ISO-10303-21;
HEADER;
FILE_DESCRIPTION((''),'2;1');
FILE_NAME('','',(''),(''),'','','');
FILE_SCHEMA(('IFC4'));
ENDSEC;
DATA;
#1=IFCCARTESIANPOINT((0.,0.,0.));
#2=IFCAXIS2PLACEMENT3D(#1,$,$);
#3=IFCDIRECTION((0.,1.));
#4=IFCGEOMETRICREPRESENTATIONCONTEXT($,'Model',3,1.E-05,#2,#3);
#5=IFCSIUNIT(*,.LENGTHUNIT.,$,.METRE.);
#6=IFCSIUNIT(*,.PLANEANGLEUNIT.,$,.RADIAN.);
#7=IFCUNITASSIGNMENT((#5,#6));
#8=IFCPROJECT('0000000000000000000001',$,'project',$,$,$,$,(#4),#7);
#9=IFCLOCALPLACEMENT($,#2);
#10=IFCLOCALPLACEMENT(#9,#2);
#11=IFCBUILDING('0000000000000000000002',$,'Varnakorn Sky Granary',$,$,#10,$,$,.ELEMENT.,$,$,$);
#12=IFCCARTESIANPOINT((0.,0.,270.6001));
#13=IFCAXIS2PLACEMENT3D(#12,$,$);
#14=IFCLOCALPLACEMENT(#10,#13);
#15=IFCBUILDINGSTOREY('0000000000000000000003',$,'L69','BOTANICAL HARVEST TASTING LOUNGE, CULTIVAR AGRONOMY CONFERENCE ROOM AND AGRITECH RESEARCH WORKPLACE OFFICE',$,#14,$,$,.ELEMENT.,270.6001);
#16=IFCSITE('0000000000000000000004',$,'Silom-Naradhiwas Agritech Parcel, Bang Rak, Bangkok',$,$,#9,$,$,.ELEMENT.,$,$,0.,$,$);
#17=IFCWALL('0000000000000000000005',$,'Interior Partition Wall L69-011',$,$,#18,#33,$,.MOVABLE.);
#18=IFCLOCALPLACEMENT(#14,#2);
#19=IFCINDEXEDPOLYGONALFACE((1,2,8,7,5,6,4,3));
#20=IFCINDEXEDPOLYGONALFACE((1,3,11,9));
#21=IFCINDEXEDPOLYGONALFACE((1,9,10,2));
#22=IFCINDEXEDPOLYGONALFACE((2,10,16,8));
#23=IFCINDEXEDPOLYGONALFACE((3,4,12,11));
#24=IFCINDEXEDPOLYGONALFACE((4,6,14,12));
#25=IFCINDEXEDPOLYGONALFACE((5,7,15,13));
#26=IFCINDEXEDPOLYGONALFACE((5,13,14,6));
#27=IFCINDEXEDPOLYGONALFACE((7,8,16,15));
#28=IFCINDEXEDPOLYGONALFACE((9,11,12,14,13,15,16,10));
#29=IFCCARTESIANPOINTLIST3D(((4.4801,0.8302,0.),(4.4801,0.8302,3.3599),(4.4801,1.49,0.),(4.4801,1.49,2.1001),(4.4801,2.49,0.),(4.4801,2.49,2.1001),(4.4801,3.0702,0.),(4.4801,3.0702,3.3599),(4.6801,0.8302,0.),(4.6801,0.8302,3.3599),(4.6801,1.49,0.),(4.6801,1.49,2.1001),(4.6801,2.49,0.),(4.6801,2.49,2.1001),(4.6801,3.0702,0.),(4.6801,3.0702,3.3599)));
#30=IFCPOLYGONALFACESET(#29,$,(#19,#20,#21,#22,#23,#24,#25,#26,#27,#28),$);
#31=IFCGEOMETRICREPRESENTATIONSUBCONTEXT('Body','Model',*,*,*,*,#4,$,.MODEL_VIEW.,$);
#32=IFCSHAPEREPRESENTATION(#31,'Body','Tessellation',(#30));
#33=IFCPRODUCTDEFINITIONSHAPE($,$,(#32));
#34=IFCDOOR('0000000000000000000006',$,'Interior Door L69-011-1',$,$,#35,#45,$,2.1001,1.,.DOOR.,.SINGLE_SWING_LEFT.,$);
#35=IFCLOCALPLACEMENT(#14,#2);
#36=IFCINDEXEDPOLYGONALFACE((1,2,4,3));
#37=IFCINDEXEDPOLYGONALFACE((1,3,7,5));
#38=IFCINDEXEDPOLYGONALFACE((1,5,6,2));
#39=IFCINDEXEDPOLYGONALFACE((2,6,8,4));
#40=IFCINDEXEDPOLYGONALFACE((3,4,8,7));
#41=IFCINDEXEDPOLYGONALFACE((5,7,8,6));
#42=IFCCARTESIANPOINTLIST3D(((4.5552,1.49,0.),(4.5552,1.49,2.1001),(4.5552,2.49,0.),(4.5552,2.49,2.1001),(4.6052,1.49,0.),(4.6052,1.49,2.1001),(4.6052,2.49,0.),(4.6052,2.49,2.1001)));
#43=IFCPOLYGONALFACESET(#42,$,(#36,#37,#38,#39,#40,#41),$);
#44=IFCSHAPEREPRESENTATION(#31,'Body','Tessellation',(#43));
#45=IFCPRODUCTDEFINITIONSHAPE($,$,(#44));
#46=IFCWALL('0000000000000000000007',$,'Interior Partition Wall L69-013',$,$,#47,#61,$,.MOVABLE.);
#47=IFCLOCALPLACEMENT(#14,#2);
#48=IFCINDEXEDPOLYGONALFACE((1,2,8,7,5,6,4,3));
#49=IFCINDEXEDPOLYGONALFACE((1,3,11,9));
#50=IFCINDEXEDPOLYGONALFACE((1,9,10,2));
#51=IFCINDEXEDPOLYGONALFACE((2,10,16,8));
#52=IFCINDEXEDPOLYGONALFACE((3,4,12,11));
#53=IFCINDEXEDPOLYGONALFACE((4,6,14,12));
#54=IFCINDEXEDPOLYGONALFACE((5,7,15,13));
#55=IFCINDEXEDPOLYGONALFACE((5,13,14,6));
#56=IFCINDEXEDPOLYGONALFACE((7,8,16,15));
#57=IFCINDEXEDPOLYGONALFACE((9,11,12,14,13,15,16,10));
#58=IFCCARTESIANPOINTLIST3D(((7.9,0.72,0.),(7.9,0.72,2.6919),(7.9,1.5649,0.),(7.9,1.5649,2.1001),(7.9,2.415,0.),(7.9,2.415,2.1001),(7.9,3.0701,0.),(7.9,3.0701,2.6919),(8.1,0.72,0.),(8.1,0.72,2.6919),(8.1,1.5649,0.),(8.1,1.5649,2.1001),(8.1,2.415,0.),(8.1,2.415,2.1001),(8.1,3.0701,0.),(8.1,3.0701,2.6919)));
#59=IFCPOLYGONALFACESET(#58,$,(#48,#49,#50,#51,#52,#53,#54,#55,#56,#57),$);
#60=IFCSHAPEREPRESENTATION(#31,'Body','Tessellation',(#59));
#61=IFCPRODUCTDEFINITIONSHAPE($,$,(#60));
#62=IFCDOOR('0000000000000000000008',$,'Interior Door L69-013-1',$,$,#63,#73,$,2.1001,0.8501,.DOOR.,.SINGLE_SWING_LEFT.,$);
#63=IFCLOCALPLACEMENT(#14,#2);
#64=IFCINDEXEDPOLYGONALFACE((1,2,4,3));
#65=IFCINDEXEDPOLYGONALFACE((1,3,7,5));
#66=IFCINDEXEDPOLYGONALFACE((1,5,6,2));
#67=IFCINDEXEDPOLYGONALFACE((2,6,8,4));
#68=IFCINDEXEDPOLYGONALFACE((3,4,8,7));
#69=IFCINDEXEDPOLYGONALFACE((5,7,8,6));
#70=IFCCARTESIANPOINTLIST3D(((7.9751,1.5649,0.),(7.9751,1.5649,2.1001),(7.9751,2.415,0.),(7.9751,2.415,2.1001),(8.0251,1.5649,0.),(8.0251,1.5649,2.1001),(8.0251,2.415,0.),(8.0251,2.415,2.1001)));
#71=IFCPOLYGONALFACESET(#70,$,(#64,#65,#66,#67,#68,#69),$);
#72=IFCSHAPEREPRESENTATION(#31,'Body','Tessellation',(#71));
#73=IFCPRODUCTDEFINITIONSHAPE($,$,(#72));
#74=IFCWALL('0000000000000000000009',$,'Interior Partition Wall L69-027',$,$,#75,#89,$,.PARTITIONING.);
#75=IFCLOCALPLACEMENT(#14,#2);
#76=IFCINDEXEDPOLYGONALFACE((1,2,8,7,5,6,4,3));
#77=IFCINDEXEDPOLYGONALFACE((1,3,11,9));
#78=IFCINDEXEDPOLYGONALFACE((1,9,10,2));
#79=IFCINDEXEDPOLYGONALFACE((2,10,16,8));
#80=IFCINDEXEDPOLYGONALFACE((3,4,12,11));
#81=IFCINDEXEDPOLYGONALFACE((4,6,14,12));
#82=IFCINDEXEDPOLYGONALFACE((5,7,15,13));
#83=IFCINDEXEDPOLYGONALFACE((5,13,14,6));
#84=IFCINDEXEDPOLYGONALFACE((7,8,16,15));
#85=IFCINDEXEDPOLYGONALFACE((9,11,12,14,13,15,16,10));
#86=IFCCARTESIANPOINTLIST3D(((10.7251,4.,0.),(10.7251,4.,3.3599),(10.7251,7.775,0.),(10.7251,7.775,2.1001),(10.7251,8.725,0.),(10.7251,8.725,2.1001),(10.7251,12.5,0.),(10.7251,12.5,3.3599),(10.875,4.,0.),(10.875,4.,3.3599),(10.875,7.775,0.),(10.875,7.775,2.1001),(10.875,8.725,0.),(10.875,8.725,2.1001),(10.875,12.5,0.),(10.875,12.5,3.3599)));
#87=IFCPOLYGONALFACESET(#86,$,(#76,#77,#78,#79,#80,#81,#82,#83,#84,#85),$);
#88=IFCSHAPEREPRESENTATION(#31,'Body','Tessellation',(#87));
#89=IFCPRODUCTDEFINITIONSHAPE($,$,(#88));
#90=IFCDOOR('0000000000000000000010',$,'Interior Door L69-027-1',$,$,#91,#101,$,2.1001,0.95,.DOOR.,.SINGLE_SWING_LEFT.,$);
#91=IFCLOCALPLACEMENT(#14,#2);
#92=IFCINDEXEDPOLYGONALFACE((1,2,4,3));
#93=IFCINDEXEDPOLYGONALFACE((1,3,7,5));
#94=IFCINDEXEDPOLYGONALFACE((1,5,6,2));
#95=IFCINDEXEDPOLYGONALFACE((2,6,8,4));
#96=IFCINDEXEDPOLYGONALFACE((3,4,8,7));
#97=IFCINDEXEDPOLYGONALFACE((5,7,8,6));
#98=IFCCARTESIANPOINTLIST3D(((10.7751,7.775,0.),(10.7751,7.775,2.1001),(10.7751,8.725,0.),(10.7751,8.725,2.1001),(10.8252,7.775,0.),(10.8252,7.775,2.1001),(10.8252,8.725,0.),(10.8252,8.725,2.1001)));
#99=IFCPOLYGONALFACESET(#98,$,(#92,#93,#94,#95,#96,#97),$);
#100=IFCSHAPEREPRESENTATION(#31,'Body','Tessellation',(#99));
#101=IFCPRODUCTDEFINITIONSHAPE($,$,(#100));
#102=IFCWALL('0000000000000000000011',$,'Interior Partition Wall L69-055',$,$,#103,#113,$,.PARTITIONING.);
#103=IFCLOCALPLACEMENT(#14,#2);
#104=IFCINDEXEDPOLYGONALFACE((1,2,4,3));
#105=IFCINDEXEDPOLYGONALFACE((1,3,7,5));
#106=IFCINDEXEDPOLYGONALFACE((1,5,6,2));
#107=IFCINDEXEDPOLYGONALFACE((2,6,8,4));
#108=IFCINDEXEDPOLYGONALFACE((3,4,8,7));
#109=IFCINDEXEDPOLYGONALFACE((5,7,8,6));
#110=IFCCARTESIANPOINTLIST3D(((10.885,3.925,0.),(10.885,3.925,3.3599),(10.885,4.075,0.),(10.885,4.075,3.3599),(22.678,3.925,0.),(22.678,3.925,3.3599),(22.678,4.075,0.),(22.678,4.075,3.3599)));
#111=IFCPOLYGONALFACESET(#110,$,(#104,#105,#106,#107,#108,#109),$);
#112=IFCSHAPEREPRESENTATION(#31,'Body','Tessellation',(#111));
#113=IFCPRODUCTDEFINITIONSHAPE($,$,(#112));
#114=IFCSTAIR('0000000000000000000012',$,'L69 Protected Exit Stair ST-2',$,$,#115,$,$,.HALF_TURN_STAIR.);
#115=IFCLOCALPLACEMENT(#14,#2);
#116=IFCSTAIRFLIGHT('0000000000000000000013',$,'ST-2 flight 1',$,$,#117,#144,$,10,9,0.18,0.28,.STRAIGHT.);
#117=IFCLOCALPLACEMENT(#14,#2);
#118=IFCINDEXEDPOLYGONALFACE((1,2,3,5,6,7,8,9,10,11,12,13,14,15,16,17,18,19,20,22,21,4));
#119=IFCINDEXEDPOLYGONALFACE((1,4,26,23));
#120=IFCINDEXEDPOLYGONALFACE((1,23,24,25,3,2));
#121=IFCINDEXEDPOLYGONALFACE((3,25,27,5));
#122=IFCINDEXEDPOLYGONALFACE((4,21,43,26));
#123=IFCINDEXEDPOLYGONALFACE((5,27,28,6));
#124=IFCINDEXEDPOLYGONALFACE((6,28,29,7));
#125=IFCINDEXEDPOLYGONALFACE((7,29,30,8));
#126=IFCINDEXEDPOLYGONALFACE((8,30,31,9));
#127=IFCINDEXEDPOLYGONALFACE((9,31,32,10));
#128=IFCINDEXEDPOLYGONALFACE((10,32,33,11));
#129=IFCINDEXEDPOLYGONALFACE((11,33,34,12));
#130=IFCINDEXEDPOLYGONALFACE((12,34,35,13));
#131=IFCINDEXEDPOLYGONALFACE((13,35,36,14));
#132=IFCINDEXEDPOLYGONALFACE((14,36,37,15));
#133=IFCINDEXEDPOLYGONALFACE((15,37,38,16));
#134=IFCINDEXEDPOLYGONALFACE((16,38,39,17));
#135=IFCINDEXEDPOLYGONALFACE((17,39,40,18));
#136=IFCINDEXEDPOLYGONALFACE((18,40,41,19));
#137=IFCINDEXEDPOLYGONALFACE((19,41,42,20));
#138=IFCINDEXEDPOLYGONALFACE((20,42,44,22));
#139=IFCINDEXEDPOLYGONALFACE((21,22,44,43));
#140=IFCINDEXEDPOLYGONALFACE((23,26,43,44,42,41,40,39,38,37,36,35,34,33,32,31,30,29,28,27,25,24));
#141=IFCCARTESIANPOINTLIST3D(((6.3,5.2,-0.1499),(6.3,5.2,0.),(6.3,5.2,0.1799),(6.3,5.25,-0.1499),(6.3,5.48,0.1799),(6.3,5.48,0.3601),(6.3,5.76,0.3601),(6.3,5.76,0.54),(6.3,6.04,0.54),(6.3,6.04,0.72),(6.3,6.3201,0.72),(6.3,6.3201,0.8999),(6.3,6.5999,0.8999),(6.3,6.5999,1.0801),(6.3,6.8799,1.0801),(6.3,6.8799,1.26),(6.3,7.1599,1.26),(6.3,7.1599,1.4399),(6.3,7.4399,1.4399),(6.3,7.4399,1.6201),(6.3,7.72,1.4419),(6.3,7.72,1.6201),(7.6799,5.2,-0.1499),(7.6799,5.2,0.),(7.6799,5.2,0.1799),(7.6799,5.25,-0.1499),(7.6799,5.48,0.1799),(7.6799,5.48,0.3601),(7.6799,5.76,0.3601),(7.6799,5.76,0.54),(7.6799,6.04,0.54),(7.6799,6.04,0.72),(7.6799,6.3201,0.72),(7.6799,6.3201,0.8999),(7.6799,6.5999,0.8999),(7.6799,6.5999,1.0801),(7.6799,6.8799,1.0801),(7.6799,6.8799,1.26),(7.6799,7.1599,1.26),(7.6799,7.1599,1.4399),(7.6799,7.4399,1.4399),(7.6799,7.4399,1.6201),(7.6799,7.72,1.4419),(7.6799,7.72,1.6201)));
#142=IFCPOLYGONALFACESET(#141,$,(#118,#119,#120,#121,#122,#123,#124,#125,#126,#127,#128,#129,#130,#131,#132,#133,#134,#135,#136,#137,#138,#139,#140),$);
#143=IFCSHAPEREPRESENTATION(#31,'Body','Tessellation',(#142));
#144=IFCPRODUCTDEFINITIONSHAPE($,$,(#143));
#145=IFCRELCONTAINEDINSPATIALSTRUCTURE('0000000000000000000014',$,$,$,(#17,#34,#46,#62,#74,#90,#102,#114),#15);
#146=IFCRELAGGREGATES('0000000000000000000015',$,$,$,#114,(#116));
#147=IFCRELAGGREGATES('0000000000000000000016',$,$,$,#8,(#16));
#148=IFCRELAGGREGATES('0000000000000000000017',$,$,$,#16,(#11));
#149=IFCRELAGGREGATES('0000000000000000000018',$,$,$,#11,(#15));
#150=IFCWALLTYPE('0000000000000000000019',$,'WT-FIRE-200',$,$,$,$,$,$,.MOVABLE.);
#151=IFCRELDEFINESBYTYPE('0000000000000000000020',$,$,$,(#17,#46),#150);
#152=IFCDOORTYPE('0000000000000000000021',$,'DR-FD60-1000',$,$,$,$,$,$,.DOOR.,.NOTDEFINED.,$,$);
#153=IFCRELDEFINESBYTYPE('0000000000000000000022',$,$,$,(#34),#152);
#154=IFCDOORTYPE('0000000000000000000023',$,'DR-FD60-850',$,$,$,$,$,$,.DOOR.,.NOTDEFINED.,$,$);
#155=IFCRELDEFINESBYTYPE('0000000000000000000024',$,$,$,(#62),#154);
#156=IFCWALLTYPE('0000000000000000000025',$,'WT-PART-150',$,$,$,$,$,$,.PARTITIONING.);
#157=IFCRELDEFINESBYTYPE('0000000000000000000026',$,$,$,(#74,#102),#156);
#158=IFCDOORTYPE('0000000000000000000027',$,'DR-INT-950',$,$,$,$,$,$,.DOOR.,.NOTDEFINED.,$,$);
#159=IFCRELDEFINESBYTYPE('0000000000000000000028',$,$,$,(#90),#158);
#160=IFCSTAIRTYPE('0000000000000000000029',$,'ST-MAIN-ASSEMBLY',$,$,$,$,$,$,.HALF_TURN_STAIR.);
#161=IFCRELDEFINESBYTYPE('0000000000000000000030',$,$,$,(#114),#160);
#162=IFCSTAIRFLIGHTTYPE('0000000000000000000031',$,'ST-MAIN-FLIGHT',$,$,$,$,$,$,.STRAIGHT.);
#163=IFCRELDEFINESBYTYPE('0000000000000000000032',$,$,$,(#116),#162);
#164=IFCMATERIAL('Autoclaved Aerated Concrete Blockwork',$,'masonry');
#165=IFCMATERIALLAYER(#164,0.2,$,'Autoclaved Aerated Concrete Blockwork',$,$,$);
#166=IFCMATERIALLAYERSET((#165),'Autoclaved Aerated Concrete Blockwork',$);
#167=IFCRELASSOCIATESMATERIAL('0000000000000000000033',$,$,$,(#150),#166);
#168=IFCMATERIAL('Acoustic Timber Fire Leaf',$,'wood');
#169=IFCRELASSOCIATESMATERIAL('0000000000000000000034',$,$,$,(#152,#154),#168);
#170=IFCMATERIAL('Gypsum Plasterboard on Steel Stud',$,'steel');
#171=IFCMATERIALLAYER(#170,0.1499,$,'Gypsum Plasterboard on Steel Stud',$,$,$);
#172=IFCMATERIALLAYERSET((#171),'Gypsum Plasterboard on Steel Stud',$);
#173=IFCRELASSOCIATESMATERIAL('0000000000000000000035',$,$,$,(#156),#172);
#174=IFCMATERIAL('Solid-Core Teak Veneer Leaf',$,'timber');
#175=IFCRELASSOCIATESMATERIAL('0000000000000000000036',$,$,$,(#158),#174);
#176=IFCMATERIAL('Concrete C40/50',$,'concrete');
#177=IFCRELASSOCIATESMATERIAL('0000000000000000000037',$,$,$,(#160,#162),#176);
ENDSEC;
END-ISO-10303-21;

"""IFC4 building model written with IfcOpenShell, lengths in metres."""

from ifc_helpers import new_model, si_unit, direction, frame, frame_2d, origin, place, context, subcontext, project, spatial, polyline, rectangle, outline, extrude, material, layer, layer_set, type_object, element, fill, aggregate, save


model = new_model("IFC4")

# Units and contexts
model_context = context("Model", 3, precision=1e-05, world=origin(), true_north=direction((0.0, 1.0)))
body_context = subcontext(model_context, "Body", "Model", "MODEL_VIEW")
ifc_project = project(units=[si_unit("LENGTHUNIT", "METRE"), si_unit("PLANEANGLEUNIT", "RADIAN")], contexts=[model_context])

# Site, building, storey
site_placement = place(None, origin())
site = spatial("IfcSite", under=ifc_project, at=site_placement, Name="Silom-Naradhiwas Agritech Parcel, Bang Rak, Bangkok", CompositionType="ELEMENT", RefElevation=0.0)
building_placement = place(site_placement, origin())
building = spatial("IfcBuilding", under=site, at=building_placement, Name="Varnakorn Sky Granary", CompositionType="ELEMENT")
storey_placement = place(building_placement, frame((0.0, 0.0, 270.6001)))
storey = spatial("IfcBuildingStorey", under=building, at=storey_placement, Name="L69", Description="BOTANICAL HARVEST TASTING LOUNGE, CULTIVAR AGRONOMY CONFERENCE ROOM AND AGRITECH RESEARCH WORKPLACE OFFICE", CompositionType="ELEMENT", Elevation=270.6001)

# Walls, openings, doors
ifc_material_1 = material(Name="Autoclaved Aerated Concrete Blockwork", Category="masonry")
ifc_layer_1 = layer(ifc_material_1, 0.2, Name="Autoclaved Aerated Concrete Blockwork")
ifc_layer_set_1 = layer_set([ifc_layer_1], Name="Autoclaved Aerated Concrete Blockwork")
wall_type_1 = type_object("IfcWallType", Name="WT-FIRE-200", PredefinedType="MOVABLE", material=ifc_layer_set_1)
wall_1_placement = place(storey_placement, frame((4.5801, 0.8301, 0.0), z_axis=(0.0, 0.0, 1.0), x_axis=(0.0, 1.0, 0.0)))
wall_1 = element("IfcWall", 1, at=wall_1_placement, inside=storey, type_object=wall_type_1, Name="Interior Partition Wall L69-011", PredefinedType="MOVABLE", context=body_context, shape_type="SweptSolid", body=[
    extrude(rectangle(XDim=2.24, YDim=0.2, at=frame_2d((1.1201, 0.0))), origin(), (0.0, 0.0, 1.0), 3.3599),
])
opening_1_placement = place(wall_1_placement, frame((0.6599, 0.0, 0.0)))
opening_1 = element("IfcOpeningElement", 2, at=opening_1_placement, cuts=wall_1, PredefinedType="OPENING", context=body_context, shape_type="SweptSolid", body=[
    extrude(rectangle(XDim=1.0, YDim=2.1001, at=frame_2d((0.5, 1.05))), frame((0.0, 0.1099, 0.0), z_axis=(0.0, -1.0, 0.0), x_axis=(1.0, 0.0, 0.0)), (0.0, 0.0, 1.0), 0.22),
])
ifc_material_2 = material(Name="Acoustic Timber Fire Leaf", Category="wood")
door_type_1 = type_object("IfcDoorType", Name="DR-FD60-1000", OperationType="NOTDEFINED", PredefinedType="DOOR", material=ifc_material_2)
door_1_placement = place(opening_1_placement, origin())
door_1 = element("IfcDoor", 3, at=door_1_placement, inside=storey, type_object=door_type_1, Name="Interior Door L69-011-1", OperationType="SINGLE_SWING_LEFT", OverallHeight=2.1001, OverallWidth=1.0, PredefinedType="DOOR", context=body_context, shape_type="SweptSolid", body=[
    extrude(rectangle(XDim=1.0, YDim=2.1001, at=frame_2d((0.5, 1.05))), frame((0.0, 0.0249, 0.0), z_axis=(0.0, -1.0, 0.0), x_axis=(1.0, 0.0, 0.0)), (0.0, 0.0, 1.0), 0.05),
])
fill(opening_1, door_1)
wall_2_placement = place(storey_placement, frame((8.0, 0.72, 0.0), z_axis=(0.0, 0.0, 1.0), x_axis=(0.0, 1.0, 0.0)))
wall_2 = element("IfcWall", 4, at=wall_2_placement, inside=storey, type_object=wall_type_1, Name="Interior Partition Wall L69-013", PredefinedType="MOVABLE", context=body_context, shape_type="SweptSolid", body=[
    extrude(rectangle(XDim=2.3501, YDim=0.2, at=frame_2d((1.175, 0.0))), origin(), (0.0, 0.0, 1.0), 2.6919),
])
opening_2_placement = place(wall_2_placement, frame((0.845, 0.0, 0.0)))
opening_2 = element("IfcOpeningElement", 5, at=opening_2_placement, cuts=wall_2, PredefinedType="OPENING", context=body_context, shape_type="SweptSolid", body=[
    extrude(rectangle(XDim=0.8501, YDim=2.1001, at=frame_2d((0.425, 1.05))), frame((0.0, 0.1099, 0.0), z_axis=(0.0, -1.0, 0.0), x_axis=(1.0, 0.0, 0.0)), (0.0, 0.0, 1.0), 0.22),
])
door_type_2 = type_object("IfcDoorType", Name="DR-FD60-850", OperationType="NOTDEFINED", PredefinedType="DOOR", material=ifc_material_2)
door_2_placement = place(opening_2_placement, origin())
door_2 = element("IfcDoor", 6, at=door_2_placement, inside=storey, type_object=door_type_2, Name="Interior Door L69-013-1", OperationType="SINGLE_SWING_LEFT", OverallHeight=2.1001, OverallWidth=0.8501, PredefinedType="DOOR", context=body_context, shape_type="SweptSolid", body=[
    extrude(rectangle(XDim=0.8501, YDim=2.1001, at=frame_2d((0.425, 1.05))), frame((0.0, 0.0249, 0.0), z_axis=(0.0, -1.0, 0.0), x_axis=(1.0, 0.0, 0.0)), (0.0, 0.0, 1.0), 0.05),
])
fill(opening_2, door_2)
ifc_material_3 = material(Name="Gypsum Plasterboard on Steel Stud", Category="steel")
ifc_layer_2 = layer(ifc_material_3, 0.1499, Name="Gypsum Plasterboard on Steel Stud")
ifc_layer_set_2 = layer_set([ifc_layer_2], Name="Gypsum Plasterboard on Steel Stud")
wall_type_2 = type_object("IfcWallType", Name="WT-PART-150", PredefinedType="PARTITIONING", material=ifc_layer_set_2)
wall_3_placement = place(storey_placement, frame((10.8, 4.0, 0.0), z_axis=(0.0, 0.0, 1.0), x_axis=(0.0, 1.0, 0.0)))
wall_3 = element("IfcWall", 7, at=wall_3_placement, inside=storey, type_object=wall_type_2, Name="Interior Partition Wall L69-027", PredefinedType="PARTITIONING", context=body_context, shape_type="SweptSolid", body=[
    extrude(rectangle(XDim=8.5, YDim=0.1499, at=frame_2d((4.25, 0.0))), origin(), (0.0, 0.0, 1.0), 3.3599),
])
opening_3_placement = place(wall_3_placement, frame((3.7749, 0.0, 0.0)))
opening_3 = element("IfcOpeningElement", 8, at=opening_3_placement, cuts=wall_3, PredefinedType="OPENING", context=body_context, shape_type="SweptSolid", body=[
    extrude(rectangle(XDim=0.95, YDim=2.1001, at=frame_2d((0.4751, 1.05))), frame((0.0, 0.085, 0.0), z_axis=(0.0, -1.0, 0.0), x_axis=(1.0, 0.0, 0.0)), (0.0, 0.0, 1.0), 0.1699),
])
ifc_material_4 = material(Name="Solid-Core Teak Veneer Leaf", Category="timber")
door_type_3 = type_object("IfcDoorType", Name="DR-INT-950", OperationType="NOTDEFINED", PredefinedType="DOOR", material=ifc_material_4)
door_3_placement = place(opening_3_placement, origin())
door_3 = element("IfcDoor", 9, at=door_3_placement, inside=storey, type_object=door_type_3, Name="Interior Door L69-027-1", OperationType="SINGLE_SWING_LEFT", OverallHeight=2.1001, OverallWidth=0.95, PredefinedType="DOOR", context=body_context, shape_type="SweptSolid", body=[
    extrude(rectangle(XDim=0.95, YDim=2.1001, at=frame_2d((0.4751, 1.05))), frame((0.0, 0.0249, 0.0), z_axis=(0.0, -1.0, 0.0), x_axis=(1.0, 0.0, 0.0)), (0.0, 0.0, 1.0), 0.05),
])
fill(opening_3, door_3)

# Wall
wall_4_placement = place(storey_placement, frame((10.885, 4.0, 0.0), z_axis=(0.0, 0.0, 1.0), x_axis=(1.0, 0.0, 0.0)))
element("IfcWall", 10, at=wall_4_placement, inside=storey, type_object=wall_type_2, Name="Interior Partition Wall L69-055", PredefinedType="PARTITIONING", context=body_context, shape_type="SweptSolid", body=[
    extrude(rectangle(XDim=11.793, YDim=0.1499, at=frame_2d((5.8965, 0.0))), origin(), (0.0, 0.0, 1.0), 3.3599),
])

# Stair, stair flight
ifc_material_5 = material(Name="Concrete C40/50", Category="concrete")
stair_type = type_object("IfcStairType", Name="ST-MAIN-ASSEMBLY", PredefinedType="HALF_TURN_STAIR", material=ifc_material_5)
stair_placement = place(storey_placement, origin())
stair = element("IfcStair", 11, at=stair_placement, inside=storey, type_object=stair_type, Name="L69 Protected Exit Stair ST-2", PredefinedType="HALF_TURN_STAIR")
stair_flight_type = type_object("IfcStairFlightType", Name="ST-MAIN-FLIGHT", PredefinedType="STRAIGHT", material=ifc_material_5)
stair_flight_1_placement = place(storey_placement, frame((6.99, 5.2, 0.0), z_axis=(0.0, 0.0, 1.0), x_axis=(0.0, 1.0, 0.0)))
stair_flight_1 = element("IfcStairFlight", 12, at=stair_flight_1_placement, type_object=stair_flight_type, Name="ST-2 flight 1", NumberOfRisers=10, NumberOfTreads=9, PredefinedType="STRAIGHT", RiserHeight=0.18, TreadLength=0.28, context=body_context, shape_type="SweptSolid", body=[
    extrude(outline(polyline([(0.0, -0.1499), (0.0, 0.0), (0.0, 0.1799), (0.28, 0.1799), (0.28, 0.3601), (0.5601, 0.3601), (0.5601, 0.54), (0.8401, 0.54), (0.8401, 0.72), (1.1201, 0.72), (1.1201, 0.8999), (1.3999, 0.8999), (1.3999, 1.0801), (1.6799, 1.0801), (1.6799, 1.26), (1.96, 1.26), (1.96, 1.4399), (2.24, 1.4399), (2.24, 1.6201), (2.52, 1.6201), (2.52, 1.8), (2.52, 1.4419), (0.05, -0.1499), (0.0, -0.1499)])), frame((0.0, 0.6899, 0.0), z_axis=(0.0, -1.0, 0.0), x_axis=(1.0, 0.0, 0.0)), (0.0, 0.0, 1.0), 1.3799),
])
aggregate(stair, [stair_flight_1])

save(model, "model.ifc")
